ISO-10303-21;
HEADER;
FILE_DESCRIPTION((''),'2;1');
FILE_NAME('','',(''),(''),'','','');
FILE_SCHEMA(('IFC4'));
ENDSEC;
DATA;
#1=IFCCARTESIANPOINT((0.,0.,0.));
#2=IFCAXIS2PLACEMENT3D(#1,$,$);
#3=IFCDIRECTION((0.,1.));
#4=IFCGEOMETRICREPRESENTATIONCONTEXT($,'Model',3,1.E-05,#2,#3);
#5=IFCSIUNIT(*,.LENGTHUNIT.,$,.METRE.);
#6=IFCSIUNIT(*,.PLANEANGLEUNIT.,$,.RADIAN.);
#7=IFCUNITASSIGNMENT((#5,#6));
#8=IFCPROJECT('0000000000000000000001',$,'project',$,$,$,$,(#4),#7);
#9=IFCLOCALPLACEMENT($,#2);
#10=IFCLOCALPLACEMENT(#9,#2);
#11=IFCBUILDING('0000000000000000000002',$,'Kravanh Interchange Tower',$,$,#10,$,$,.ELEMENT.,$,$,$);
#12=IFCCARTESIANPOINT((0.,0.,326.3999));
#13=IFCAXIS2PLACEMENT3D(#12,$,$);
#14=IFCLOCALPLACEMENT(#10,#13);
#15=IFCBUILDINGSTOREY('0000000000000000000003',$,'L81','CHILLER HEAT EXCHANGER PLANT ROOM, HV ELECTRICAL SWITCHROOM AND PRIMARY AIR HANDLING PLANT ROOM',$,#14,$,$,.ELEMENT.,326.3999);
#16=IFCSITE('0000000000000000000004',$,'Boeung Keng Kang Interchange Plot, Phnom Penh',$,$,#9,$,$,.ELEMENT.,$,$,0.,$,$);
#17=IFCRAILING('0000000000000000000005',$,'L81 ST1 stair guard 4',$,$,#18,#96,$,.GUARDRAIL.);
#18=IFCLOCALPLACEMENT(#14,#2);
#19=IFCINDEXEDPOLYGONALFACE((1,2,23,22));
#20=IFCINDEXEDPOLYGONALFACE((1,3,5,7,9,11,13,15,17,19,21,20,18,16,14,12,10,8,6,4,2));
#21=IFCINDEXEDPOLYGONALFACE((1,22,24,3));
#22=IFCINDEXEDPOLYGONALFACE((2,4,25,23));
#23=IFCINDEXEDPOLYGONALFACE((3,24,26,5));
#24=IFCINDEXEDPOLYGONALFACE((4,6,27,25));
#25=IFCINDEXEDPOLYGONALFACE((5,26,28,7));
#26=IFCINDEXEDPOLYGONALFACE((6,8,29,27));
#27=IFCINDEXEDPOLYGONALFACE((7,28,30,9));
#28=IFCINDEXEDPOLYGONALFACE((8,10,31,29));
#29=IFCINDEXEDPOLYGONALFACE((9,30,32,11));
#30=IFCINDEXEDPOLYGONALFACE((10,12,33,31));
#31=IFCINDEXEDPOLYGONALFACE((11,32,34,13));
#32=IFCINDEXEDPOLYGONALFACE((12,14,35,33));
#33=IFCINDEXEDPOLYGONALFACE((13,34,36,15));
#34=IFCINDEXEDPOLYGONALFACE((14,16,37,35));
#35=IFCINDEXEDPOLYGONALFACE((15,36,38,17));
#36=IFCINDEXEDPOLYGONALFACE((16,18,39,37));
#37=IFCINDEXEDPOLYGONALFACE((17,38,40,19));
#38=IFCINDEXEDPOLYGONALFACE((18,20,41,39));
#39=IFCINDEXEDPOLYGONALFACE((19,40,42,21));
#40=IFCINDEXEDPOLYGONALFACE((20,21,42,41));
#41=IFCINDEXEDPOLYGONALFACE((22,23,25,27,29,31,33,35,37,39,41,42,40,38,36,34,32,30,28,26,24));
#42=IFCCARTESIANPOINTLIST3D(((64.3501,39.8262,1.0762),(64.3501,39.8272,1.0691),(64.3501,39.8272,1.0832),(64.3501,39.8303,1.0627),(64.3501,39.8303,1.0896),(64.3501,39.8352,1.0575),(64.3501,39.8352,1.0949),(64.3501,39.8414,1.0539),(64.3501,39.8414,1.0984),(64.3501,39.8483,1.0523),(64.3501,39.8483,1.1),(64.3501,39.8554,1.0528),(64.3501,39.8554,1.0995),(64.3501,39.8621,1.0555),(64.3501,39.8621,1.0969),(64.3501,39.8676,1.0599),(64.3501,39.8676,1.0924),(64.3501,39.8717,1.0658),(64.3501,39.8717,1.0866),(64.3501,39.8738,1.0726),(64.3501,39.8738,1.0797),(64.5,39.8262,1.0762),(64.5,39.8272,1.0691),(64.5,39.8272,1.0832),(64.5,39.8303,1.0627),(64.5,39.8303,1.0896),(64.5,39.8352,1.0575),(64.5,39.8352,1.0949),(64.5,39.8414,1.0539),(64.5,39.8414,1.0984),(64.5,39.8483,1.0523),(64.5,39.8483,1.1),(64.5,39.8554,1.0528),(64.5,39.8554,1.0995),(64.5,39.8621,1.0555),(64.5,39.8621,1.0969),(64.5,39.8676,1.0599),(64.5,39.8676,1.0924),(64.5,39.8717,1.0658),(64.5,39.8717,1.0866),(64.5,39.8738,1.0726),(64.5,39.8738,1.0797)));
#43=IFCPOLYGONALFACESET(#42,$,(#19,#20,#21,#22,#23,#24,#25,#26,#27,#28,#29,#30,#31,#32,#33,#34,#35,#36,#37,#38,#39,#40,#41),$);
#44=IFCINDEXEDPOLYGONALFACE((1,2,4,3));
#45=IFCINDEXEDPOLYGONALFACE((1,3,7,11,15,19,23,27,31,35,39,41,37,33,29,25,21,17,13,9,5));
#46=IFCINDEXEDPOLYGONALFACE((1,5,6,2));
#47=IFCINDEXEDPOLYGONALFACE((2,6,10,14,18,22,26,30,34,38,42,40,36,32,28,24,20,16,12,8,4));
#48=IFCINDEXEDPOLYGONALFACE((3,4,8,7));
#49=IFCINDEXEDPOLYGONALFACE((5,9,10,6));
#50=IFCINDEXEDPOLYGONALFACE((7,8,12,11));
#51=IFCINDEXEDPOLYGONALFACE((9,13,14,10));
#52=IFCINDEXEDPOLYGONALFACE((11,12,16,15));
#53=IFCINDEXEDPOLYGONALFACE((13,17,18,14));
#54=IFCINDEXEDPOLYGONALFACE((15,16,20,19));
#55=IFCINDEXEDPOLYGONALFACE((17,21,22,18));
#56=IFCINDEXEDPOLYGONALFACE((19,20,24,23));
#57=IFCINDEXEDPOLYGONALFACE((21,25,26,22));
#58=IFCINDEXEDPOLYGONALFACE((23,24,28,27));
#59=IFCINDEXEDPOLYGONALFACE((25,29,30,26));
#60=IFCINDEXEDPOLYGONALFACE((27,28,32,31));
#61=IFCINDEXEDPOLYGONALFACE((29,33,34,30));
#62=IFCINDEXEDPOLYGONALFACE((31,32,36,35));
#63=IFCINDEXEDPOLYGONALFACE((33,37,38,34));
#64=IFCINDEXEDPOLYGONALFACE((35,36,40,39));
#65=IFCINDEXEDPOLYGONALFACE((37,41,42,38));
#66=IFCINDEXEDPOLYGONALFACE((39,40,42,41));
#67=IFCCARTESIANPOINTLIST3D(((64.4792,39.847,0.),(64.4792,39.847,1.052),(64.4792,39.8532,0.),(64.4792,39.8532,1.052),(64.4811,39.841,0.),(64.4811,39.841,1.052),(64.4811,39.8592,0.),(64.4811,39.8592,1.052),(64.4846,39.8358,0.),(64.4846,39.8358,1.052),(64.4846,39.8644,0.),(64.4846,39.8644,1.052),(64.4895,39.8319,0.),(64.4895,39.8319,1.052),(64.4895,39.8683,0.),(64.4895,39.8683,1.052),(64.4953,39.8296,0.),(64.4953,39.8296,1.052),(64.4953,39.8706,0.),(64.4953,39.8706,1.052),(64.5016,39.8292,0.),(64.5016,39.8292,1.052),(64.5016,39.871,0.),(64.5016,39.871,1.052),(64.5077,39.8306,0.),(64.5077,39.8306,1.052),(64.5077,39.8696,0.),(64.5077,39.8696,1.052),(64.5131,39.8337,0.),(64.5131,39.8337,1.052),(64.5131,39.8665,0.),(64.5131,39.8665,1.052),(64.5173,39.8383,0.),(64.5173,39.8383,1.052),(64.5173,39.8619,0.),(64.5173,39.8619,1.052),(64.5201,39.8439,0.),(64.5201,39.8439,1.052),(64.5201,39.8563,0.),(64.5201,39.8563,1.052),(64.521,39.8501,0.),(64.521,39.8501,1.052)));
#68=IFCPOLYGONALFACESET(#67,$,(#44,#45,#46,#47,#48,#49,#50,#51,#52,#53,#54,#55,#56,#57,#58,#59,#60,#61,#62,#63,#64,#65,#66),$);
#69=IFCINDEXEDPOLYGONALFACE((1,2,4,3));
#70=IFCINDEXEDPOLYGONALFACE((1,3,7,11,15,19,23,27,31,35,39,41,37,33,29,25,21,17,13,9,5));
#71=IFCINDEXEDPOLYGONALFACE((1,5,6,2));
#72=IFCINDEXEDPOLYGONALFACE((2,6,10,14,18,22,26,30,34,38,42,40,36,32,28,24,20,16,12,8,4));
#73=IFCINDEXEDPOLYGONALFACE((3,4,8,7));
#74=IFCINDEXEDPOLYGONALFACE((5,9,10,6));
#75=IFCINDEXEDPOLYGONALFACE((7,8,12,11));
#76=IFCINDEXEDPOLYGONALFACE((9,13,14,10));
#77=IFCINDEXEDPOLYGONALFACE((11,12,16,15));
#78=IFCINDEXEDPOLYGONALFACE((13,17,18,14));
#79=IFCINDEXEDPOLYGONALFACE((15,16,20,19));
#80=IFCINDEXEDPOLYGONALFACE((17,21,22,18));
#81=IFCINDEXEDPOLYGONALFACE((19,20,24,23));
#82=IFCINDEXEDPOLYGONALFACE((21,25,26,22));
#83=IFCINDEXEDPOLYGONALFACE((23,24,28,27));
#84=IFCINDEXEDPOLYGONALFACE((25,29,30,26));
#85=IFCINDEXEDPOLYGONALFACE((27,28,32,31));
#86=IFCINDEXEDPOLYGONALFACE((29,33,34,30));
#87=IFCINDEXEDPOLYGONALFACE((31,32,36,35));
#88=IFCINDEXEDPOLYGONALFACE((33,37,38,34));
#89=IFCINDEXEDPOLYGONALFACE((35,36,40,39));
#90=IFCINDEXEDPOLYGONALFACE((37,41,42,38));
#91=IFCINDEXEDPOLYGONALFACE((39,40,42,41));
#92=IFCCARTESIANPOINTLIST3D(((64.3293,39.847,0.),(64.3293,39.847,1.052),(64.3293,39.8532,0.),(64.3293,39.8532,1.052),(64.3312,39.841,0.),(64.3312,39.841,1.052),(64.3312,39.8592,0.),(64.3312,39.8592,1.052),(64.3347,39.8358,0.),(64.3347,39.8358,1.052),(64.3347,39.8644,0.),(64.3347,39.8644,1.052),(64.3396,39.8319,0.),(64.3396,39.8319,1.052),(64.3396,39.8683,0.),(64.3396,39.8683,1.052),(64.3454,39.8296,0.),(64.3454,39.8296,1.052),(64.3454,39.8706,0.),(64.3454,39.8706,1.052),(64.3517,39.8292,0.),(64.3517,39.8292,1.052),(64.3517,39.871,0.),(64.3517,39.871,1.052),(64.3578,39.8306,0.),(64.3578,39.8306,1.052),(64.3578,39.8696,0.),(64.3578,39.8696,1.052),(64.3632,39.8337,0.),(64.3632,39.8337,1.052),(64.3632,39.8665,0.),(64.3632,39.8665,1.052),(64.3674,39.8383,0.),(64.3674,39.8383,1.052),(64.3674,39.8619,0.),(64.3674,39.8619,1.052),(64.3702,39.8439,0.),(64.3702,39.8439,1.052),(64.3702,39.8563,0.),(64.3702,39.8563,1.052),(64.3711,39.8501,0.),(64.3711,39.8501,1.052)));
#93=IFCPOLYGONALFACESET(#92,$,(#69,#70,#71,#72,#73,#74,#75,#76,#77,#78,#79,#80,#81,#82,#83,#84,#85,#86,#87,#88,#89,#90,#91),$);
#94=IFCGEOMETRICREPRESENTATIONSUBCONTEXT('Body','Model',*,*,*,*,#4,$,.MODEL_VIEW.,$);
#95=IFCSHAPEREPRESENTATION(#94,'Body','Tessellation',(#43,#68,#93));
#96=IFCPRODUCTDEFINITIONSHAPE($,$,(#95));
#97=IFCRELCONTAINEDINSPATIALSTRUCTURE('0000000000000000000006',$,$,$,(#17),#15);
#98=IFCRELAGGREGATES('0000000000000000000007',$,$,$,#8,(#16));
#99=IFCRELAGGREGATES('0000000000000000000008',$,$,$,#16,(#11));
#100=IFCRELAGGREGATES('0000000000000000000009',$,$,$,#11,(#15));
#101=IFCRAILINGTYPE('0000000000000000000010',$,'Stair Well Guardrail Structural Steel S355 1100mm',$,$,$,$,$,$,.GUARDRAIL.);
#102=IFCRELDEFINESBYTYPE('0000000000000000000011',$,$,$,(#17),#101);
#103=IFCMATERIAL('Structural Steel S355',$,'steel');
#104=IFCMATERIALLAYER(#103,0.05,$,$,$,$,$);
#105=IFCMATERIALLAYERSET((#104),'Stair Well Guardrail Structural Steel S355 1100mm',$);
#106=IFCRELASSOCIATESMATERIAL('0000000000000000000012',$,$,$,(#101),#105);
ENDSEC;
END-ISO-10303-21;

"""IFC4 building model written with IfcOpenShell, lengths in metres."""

from ifc_helpers import new_model, si_unit, direction, frame, origin, origin_2d, place, context, subcontext, project, spatial, circle, extrude, material, layer, layer_set, type_object, element, save


model = new_model("IFC4")

# Units and contexts
model_context = context("Model", 3, precision=1e-05, world=origin(), true_north=direction((0.0, 1.0)))
body_context = subcontext(model_context, "Body", "Model", "MODEL_VIEW")
ifc_project = project(units=[si_unit("LENGTHUNIT", "METRE"), si_unit("PLANEANGLEUNIT", "RADIAN")], contexts=[model_context])

# Site, building, storey
site_placement = place(None, origin())
site = spatial("IfcSite", under=ifc_project, at=site_placement, Name="Boeung Keng Kang Interchange Plot, Phnom Penh", CompositionType="ELEMENT", RefElevation=0.0)
building_placement = place(site_placement, origin())
building = spatial("IfcBuilding", under=site, at=building_placement, Name="Kravanh Interchange Tower", CompositionType="ELEMENT")
storey_placement = place(building_placement, frame((0.0, 0.0, 326.3999)))
storey = spatial("IfcBuildingStorey", under=building, at=storey_placement, Name="L81", Description="CHILLER HEAT EXCHANGER PLANT ROOM, HV ELECTRICAL SWITCHROOM AND PRIMARY AIR HANDLING PLANT ROOM", CompositionType="ELEMENT", Elevation=326.3999)

# Railing
ifc_material_1 = material(Name="Structural Steel S355", Category="steel")
ifc_layer_1 = layer(ifc_material_1, 0.05)
ifc_layer_set_1 = layer_set([ifc_layer_1], Name="Stair Well Guardrail Structural Steel S355 1100mm")
railing_type_1 = type_object("IfcRailingType", Name="Stair Well Guardrail Structural Steel S355 1100mm", PredefinedType="GUARDRAIL", material=ifc_layer_set_1)
railing_1_placement = place(storey_placement, frame((64.5, 39.8501, 0.0)))
element("IfcRailing", 1, at=railing_1_placement, inside=storey, type_object=railing_type_1, Name="L81 ST1 stair guard 4", PredefinedType="GUARDRAIL", context=body_context, shape_type="SweptSolid", body=[
    extrude(circle(Radius=0.0239, at=origin_2d()), frame((0.0, 0.0, 1.0762), z_axis=(-1.0, 0.0, 0.0), x_axis=(0.0, -1.0, 0.0)), (0.0, 0.0, 1.0), 0.1499),
    extrude(circle(Radius=0.021, at=origin_2d()), origin(), (0.0, 0.0, 1.0), 1.052),
    extrude(circle(Radius=0.021, at=origin_2d()), frame((-0.1499, 0.0, 0.0)), (0.0, 0.0, 1.0), 1.052),
])

save(model, "model.ifc")
